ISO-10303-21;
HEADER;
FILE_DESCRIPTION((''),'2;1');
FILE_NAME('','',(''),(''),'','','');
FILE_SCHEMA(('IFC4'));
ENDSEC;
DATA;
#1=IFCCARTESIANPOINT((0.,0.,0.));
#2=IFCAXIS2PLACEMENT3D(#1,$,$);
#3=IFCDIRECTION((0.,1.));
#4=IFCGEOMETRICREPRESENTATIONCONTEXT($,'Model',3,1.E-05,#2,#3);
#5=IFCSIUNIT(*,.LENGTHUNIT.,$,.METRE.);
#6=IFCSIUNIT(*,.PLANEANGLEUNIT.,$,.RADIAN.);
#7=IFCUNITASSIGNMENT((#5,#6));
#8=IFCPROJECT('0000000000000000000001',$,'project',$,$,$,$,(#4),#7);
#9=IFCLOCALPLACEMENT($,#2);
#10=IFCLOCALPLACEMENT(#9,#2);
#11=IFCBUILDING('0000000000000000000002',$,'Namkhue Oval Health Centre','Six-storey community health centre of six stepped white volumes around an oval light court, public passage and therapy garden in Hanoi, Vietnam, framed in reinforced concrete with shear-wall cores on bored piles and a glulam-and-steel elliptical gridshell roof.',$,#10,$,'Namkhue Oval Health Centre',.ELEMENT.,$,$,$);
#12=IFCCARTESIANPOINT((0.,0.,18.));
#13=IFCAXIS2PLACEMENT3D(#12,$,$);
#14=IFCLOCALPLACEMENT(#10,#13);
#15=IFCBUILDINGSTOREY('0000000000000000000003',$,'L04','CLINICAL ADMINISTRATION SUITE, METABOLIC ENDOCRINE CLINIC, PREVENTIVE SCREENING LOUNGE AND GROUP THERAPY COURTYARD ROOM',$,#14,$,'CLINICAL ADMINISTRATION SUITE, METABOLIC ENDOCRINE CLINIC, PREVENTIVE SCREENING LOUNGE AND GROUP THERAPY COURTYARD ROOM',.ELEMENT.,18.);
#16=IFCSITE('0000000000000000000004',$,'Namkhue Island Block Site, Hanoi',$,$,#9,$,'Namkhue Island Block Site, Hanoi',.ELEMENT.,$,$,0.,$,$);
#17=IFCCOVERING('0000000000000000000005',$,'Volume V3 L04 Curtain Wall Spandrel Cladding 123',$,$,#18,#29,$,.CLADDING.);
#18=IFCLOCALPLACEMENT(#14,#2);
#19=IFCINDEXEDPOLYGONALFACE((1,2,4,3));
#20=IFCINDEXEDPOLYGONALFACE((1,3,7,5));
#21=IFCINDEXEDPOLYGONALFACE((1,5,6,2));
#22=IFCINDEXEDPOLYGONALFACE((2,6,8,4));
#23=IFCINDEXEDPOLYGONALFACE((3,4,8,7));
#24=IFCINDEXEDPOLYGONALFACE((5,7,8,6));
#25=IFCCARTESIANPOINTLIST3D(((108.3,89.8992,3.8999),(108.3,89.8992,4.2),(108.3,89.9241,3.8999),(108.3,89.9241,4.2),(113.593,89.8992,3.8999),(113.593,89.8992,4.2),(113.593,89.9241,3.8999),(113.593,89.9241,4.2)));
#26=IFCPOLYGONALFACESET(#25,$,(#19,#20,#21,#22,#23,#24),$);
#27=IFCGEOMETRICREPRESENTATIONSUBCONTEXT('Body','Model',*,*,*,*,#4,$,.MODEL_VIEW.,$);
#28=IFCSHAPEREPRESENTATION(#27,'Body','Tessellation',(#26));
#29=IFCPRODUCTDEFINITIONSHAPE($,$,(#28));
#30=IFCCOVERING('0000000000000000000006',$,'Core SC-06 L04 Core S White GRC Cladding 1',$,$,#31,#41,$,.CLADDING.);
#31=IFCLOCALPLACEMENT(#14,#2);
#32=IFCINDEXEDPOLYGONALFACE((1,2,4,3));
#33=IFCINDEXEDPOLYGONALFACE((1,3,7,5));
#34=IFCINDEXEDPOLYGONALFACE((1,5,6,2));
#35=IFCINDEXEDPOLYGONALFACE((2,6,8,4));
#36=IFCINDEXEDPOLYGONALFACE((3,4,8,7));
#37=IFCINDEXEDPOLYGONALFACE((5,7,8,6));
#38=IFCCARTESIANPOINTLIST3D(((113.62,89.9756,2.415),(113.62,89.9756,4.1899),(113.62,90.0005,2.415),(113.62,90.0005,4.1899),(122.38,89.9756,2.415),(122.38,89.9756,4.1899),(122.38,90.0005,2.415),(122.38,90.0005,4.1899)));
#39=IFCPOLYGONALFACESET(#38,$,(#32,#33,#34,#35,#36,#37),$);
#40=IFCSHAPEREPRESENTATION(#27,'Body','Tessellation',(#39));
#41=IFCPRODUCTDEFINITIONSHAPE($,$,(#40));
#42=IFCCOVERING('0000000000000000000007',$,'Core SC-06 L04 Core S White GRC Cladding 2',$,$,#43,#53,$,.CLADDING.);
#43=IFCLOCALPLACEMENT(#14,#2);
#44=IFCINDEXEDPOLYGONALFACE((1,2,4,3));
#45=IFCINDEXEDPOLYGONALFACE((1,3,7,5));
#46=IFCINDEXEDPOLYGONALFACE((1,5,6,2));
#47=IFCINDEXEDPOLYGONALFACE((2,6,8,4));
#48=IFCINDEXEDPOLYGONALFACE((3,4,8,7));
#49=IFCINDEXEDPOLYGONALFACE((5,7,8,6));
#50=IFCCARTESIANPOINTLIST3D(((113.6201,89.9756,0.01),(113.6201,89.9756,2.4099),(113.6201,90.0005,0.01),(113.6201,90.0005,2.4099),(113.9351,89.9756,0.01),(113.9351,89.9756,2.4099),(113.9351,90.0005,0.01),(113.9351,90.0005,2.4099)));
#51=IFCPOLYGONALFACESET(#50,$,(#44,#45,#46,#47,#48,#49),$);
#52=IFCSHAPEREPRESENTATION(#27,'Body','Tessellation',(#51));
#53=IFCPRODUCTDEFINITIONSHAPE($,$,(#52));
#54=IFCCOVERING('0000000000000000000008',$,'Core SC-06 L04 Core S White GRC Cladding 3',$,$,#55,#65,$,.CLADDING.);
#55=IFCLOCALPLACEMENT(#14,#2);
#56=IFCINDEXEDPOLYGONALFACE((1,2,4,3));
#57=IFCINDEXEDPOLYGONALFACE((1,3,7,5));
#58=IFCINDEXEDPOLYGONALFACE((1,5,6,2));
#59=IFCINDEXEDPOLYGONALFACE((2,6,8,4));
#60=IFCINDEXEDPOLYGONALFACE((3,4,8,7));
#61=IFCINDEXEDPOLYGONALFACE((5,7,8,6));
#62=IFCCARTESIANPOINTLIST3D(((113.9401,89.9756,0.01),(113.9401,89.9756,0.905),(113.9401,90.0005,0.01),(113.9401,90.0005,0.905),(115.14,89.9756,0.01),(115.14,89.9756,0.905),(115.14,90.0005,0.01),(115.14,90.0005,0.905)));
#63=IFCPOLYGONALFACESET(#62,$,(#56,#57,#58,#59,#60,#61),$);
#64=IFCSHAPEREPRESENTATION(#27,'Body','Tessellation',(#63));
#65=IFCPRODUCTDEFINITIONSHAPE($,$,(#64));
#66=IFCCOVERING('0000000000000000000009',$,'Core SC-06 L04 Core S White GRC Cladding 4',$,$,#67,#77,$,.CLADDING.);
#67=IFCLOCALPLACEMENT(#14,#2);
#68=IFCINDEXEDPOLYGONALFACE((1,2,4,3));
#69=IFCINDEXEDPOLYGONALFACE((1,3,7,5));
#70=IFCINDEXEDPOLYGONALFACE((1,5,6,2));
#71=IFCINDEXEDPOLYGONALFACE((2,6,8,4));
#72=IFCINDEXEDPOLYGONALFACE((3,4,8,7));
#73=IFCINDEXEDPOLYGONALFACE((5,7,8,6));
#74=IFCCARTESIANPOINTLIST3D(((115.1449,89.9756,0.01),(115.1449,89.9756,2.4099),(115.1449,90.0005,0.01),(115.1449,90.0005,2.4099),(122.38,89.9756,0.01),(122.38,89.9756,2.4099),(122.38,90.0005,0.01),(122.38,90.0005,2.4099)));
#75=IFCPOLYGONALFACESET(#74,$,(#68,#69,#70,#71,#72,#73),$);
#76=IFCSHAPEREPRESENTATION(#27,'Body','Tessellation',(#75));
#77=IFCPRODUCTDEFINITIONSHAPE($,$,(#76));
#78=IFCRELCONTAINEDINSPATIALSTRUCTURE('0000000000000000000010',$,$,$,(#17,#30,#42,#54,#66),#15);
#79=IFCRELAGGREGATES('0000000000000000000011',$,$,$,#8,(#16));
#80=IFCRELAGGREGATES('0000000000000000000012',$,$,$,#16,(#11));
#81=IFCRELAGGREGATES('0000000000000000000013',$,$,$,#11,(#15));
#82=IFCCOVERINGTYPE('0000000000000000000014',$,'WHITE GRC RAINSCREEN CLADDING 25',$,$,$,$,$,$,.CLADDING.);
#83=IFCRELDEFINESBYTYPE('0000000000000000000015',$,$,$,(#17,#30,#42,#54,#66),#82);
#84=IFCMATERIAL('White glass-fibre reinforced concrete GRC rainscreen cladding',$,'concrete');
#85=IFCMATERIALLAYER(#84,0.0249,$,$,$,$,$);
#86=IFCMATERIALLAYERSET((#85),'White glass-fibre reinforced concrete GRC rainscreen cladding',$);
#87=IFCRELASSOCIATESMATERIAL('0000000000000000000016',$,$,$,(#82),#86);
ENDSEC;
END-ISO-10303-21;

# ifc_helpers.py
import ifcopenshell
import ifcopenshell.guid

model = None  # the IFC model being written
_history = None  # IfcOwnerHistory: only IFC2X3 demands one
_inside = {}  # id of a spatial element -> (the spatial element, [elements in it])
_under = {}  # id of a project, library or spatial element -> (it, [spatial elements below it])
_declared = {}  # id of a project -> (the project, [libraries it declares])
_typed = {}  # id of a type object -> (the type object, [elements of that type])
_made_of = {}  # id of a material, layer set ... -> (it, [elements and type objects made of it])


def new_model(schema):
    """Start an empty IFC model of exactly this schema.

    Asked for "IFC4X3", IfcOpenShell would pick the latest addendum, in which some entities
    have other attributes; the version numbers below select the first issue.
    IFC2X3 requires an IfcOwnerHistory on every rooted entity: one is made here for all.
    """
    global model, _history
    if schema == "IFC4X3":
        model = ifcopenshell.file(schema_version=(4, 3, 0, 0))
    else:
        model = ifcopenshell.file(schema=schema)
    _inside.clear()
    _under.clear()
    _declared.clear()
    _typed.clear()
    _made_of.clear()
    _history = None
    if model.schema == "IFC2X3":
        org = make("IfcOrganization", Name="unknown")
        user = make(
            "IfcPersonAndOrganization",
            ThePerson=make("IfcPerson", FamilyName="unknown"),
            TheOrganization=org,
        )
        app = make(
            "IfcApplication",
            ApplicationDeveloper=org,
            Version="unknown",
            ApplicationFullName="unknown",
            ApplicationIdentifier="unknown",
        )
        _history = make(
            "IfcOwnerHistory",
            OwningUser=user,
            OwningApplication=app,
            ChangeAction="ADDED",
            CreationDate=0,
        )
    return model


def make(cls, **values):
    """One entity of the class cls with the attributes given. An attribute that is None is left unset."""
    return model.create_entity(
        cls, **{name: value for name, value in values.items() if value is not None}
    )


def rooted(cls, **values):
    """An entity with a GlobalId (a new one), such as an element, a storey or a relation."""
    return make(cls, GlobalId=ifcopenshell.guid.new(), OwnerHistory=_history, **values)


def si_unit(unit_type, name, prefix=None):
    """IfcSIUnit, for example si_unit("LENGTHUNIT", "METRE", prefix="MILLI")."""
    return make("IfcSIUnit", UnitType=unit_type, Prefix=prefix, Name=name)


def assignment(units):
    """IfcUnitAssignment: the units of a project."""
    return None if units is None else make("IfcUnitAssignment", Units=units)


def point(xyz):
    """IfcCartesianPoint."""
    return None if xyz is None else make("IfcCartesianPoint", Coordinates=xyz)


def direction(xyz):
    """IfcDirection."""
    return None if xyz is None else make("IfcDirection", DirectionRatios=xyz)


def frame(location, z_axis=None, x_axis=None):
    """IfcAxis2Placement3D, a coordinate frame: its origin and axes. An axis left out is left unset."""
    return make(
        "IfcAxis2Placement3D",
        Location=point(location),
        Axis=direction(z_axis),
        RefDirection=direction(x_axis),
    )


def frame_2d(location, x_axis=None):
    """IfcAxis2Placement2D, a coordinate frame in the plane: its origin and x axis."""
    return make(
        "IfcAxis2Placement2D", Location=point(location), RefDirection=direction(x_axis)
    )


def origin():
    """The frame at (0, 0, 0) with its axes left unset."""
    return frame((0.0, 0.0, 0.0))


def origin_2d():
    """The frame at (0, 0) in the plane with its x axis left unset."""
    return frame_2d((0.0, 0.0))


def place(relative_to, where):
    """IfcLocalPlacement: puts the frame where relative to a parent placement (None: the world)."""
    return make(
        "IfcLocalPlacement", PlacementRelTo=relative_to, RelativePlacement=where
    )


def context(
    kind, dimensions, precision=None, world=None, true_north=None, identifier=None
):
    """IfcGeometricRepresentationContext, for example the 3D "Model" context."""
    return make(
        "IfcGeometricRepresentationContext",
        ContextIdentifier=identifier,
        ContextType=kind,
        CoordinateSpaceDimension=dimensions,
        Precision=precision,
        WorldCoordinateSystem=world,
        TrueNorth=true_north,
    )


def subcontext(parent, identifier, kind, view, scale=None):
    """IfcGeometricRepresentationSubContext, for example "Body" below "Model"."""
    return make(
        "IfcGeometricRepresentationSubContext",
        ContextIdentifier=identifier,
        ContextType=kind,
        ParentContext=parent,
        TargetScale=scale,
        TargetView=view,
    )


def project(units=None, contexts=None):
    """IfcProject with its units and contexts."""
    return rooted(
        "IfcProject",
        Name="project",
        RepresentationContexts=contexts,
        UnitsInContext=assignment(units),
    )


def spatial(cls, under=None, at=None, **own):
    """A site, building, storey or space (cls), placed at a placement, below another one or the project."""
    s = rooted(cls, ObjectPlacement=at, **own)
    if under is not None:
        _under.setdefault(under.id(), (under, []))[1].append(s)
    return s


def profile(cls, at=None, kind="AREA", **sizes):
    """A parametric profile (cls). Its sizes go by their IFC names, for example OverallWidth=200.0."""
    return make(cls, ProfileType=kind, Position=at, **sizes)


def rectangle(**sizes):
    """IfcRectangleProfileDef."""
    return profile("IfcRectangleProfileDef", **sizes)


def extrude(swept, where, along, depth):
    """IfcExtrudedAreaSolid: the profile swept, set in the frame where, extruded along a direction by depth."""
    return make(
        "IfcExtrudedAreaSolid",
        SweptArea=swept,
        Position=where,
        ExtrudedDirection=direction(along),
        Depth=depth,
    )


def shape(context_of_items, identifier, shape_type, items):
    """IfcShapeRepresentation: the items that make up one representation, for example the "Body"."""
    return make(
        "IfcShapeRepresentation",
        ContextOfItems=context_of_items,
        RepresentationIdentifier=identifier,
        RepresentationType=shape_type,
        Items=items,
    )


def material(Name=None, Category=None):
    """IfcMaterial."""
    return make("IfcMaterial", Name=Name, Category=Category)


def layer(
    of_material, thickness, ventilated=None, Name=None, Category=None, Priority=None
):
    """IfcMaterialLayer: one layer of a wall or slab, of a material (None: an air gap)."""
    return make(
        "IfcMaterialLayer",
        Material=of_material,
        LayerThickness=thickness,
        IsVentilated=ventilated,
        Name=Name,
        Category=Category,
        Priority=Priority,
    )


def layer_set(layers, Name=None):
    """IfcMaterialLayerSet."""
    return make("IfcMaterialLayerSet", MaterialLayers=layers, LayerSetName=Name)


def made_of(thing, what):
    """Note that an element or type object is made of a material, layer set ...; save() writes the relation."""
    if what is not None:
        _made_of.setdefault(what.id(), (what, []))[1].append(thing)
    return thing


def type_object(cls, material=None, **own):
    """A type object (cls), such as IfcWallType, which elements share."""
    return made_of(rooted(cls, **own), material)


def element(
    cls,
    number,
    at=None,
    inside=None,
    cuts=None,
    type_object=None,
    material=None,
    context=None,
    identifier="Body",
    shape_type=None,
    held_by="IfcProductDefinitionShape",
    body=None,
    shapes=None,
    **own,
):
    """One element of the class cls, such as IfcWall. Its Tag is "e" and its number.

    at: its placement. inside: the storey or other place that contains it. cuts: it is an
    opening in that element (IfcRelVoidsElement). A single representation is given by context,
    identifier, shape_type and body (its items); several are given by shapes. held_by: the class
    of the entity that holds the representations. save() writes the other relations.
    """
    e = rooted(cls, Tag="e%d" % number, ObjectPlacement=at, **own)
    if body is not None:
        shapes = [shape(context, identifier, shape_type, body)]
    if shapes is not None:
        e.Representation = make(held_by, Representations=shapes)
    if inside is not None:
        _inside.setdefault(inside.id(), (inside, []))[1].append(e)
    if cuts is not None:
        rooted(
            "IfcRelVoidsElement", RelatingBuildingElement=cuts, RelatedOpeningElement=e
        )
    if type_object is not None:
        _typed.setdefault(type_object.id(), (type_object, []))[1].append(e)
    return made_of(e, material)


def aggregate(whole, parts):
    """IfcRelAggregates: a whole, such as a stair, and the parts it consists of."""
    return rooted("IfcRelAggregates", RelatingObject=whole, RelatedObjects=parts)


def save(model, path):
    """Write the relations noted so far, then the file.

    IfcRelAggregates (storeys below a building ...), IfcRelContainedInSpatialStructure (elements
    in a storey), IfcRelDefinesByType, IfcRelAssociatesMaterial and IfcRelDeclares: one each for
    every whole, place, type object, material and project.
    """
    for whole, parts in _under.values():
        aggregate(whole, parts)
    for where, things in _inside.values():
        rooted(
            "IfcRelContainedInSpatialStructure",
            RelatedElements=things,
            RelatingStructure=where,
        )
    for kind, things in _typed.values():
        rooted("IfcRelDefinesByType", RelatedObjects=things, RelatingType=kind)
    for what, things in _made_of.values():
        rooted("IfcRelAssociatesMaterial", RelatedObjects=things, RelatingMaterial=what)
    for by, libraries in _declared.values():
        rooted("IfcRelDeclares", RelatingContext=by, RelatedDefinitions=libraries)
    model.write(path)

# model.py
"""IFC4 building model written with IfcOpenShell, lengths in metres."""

from ifc_helpers import new_model, si_unit, direction, frame, origin, origin_2d, place, context, subcontext, project, spatial, rectangle, extrude, material, layer, layer_set, type_object, element, save


model = new_model("IFC4")

# Units and contexts
model_context = context("Model", 3, precision=1e-05, world=origin(), true_north=direction((0.0, 1.0)))
body_context = subcontext(model_context, "Body", "Model", "MODEL_VIEW")
ifc_project = project(units=[si_unit("LENGTHUNIT", "METRE"), si_unit("PLANEANGLEUNIT", "RADIAN")], contexts=[model_context])

# Site, building, storey
site_placement = place(None, origin())
site = spatial("IfcSite", under=ifc_project, at=site_placement, Name="Namkhue Island Block Site, Hanoi", LongName="Namkhue Island Block Site, Hanoi", CompositionType="ELEMENT", RefElevation=0.0)
building_placement = place(site_placement, origin())
building = spatial("IfcBuilding", under=site, at=building_placement, Name="Namkhue Oval Health Centre", Description="Six-storey community health centre of six stepped white volumes around an oval light court, public passage and therapy garden in Hanoi, Vietnam, framed in reinforced concrete with shear-wall cores on bored piles and a glulam-and-steel elliptical gridshell roof.", LongName="Namkhue Oval Health Centre", CompositionType="ELEMENT")
storey_placement = place(building_placement, frame((0.0, 0.0, 18.0)))
storey = spatial("IfcBuildingStorey", under=building, at=storey_placement, Name="L04", Description="CLINICAL ADMINISTRATION SUITE, METABOLIC ENDOCRINE CLINIC, PREVENTIVE SCREENING LOUNGE AND GROUP THERAPY COURTYARD ROOM", LongName="CLINICAL ADMINISTRATION SUITE, METABOLIC ENDOCRINE CLINIC, PREVENTIVE SCREENING LOUNGE AND GROUP THERAPY COURTYARD ROOM", CompositionType="ELEMENT", Elevation=18.0)

# Coverings
ifc_material_1 = material(Name="White glass-fibre reinforced concrete GRC rainscreen cladding", Category="concrete")
ifc_layer_1 = layer(ifc_material_1, 0.0249)
ifc_layer_set_1 = layer_set([ifc_layer_1], Name="White glass-fibre reinforced concrete GRC rainscreen cladding")
covering_type = type_object("IfcCoveringType", Name="WHITE GRC RAINSCREEN CLADDING 25", PredefinedType="CLADDING", material=ifc_layer_set_1)
covering_1_placement = place(storey_placement, frame((110.9465, 89.9116, 3.8999), z_axis=(0.0, 0.0, 1.0), x_axis=(1.0, 0.0, 0.0)))
element("IfcCovering", 1, at=covering_1_placement, inside=storey, type_object=covering_type, Name="Volume V3 L04 Curtain Wall Spandrel Cladding 123", PredefinedType="CLADDING", context=body_context, shape_type="SweptSolid", body=[
    extrude(rectangle(XDim=5.293, YDim=0.0249, at=origin_2d()), origin(), (0.0, 0.0, 1.0), 0.3),
])
covering_2_placement = place(storey_placement, frame((118.0, 89.988, 2.415), z_axis=(0.0, 0.0, 1.0), x_axis=(1.0, 0.0, 0.0)))
element("IfcCovering", 2, at=covering_2_placement, inside=storey, type_object=covering_type, Name="Core SC-06 L04 Core S White GRC Cladding 1", PredefinedType="CLADDING", context=body_context, shape_type="SweptSolid", body=[
    extrude(rectangle(XDim=8.76, YDim=0.0249, at=origin_2d()), origin(), (0.0, 0.0, 1.0), 1.7749),
])
covering_3_placement = place(storey_placement, frame((113.7776, 89.988, 0.01), z_axis=(0.0, 0.0, 1.0), x_axis=(1.0, 0.0, 0.0)))
element("IfcCovering", 3, at=covering_3_placement, inside=storey, type_object=covering_type, Name="Core SC-06 L04 Core S White GRC Cladding 2", PredefinedType="CLADDING", context=body_context, shape_type="SweptSolid", body=[
    extrude(rectangle(XDim=0.3149, YDim=0.0249, at=origin_2d()), origin(), (0.0, 0.0, 1.0), 2.3999),
])
covering_4_placement = place(storey_placement, frame((114.54, 89.988, 0.01), z_axis=(0.0, 0.0, 1.0), x_axis=(1.0, 0.0, 0.0)))
element("IfcCovering", 4, at=covering_4_placement, inside=storey, type_object=covering_type, Name="Core SC-06 L04 Core S White GRC Cladding 3", PredefinedType="CLADDING", context=body_context, shape_type="SweptSolid", body=[
    extrude(rectangle(XDim=1.2, YDim=0.0249, at=origin_2d()), origin(), (0.0, 0.0, 1.0), 0.895),
])
covering_5_placement = place(storey_placement, frame((118.7625, 89.988, 0.01), z_axis=(0.0, 0.0, 1.0), x_axis=(1.0, 0.0, 0.0)))
element("IfcCovering", 5, at=covering_5_placement, inside=storey, type_object=covering_type, Name="Core SC-06 L04 Core S White GRC Cladding 4", PredefinedType="CLADDING", context=body_context, shape_type="SweptSolid", body=[
    extrude(rectangle(XDim=7.2351, YDim=0.0249, at=origin_2d()), origin(), (0.0, 0.0, 1.0), 2.3999),
])

save(model, "model.ifc")
